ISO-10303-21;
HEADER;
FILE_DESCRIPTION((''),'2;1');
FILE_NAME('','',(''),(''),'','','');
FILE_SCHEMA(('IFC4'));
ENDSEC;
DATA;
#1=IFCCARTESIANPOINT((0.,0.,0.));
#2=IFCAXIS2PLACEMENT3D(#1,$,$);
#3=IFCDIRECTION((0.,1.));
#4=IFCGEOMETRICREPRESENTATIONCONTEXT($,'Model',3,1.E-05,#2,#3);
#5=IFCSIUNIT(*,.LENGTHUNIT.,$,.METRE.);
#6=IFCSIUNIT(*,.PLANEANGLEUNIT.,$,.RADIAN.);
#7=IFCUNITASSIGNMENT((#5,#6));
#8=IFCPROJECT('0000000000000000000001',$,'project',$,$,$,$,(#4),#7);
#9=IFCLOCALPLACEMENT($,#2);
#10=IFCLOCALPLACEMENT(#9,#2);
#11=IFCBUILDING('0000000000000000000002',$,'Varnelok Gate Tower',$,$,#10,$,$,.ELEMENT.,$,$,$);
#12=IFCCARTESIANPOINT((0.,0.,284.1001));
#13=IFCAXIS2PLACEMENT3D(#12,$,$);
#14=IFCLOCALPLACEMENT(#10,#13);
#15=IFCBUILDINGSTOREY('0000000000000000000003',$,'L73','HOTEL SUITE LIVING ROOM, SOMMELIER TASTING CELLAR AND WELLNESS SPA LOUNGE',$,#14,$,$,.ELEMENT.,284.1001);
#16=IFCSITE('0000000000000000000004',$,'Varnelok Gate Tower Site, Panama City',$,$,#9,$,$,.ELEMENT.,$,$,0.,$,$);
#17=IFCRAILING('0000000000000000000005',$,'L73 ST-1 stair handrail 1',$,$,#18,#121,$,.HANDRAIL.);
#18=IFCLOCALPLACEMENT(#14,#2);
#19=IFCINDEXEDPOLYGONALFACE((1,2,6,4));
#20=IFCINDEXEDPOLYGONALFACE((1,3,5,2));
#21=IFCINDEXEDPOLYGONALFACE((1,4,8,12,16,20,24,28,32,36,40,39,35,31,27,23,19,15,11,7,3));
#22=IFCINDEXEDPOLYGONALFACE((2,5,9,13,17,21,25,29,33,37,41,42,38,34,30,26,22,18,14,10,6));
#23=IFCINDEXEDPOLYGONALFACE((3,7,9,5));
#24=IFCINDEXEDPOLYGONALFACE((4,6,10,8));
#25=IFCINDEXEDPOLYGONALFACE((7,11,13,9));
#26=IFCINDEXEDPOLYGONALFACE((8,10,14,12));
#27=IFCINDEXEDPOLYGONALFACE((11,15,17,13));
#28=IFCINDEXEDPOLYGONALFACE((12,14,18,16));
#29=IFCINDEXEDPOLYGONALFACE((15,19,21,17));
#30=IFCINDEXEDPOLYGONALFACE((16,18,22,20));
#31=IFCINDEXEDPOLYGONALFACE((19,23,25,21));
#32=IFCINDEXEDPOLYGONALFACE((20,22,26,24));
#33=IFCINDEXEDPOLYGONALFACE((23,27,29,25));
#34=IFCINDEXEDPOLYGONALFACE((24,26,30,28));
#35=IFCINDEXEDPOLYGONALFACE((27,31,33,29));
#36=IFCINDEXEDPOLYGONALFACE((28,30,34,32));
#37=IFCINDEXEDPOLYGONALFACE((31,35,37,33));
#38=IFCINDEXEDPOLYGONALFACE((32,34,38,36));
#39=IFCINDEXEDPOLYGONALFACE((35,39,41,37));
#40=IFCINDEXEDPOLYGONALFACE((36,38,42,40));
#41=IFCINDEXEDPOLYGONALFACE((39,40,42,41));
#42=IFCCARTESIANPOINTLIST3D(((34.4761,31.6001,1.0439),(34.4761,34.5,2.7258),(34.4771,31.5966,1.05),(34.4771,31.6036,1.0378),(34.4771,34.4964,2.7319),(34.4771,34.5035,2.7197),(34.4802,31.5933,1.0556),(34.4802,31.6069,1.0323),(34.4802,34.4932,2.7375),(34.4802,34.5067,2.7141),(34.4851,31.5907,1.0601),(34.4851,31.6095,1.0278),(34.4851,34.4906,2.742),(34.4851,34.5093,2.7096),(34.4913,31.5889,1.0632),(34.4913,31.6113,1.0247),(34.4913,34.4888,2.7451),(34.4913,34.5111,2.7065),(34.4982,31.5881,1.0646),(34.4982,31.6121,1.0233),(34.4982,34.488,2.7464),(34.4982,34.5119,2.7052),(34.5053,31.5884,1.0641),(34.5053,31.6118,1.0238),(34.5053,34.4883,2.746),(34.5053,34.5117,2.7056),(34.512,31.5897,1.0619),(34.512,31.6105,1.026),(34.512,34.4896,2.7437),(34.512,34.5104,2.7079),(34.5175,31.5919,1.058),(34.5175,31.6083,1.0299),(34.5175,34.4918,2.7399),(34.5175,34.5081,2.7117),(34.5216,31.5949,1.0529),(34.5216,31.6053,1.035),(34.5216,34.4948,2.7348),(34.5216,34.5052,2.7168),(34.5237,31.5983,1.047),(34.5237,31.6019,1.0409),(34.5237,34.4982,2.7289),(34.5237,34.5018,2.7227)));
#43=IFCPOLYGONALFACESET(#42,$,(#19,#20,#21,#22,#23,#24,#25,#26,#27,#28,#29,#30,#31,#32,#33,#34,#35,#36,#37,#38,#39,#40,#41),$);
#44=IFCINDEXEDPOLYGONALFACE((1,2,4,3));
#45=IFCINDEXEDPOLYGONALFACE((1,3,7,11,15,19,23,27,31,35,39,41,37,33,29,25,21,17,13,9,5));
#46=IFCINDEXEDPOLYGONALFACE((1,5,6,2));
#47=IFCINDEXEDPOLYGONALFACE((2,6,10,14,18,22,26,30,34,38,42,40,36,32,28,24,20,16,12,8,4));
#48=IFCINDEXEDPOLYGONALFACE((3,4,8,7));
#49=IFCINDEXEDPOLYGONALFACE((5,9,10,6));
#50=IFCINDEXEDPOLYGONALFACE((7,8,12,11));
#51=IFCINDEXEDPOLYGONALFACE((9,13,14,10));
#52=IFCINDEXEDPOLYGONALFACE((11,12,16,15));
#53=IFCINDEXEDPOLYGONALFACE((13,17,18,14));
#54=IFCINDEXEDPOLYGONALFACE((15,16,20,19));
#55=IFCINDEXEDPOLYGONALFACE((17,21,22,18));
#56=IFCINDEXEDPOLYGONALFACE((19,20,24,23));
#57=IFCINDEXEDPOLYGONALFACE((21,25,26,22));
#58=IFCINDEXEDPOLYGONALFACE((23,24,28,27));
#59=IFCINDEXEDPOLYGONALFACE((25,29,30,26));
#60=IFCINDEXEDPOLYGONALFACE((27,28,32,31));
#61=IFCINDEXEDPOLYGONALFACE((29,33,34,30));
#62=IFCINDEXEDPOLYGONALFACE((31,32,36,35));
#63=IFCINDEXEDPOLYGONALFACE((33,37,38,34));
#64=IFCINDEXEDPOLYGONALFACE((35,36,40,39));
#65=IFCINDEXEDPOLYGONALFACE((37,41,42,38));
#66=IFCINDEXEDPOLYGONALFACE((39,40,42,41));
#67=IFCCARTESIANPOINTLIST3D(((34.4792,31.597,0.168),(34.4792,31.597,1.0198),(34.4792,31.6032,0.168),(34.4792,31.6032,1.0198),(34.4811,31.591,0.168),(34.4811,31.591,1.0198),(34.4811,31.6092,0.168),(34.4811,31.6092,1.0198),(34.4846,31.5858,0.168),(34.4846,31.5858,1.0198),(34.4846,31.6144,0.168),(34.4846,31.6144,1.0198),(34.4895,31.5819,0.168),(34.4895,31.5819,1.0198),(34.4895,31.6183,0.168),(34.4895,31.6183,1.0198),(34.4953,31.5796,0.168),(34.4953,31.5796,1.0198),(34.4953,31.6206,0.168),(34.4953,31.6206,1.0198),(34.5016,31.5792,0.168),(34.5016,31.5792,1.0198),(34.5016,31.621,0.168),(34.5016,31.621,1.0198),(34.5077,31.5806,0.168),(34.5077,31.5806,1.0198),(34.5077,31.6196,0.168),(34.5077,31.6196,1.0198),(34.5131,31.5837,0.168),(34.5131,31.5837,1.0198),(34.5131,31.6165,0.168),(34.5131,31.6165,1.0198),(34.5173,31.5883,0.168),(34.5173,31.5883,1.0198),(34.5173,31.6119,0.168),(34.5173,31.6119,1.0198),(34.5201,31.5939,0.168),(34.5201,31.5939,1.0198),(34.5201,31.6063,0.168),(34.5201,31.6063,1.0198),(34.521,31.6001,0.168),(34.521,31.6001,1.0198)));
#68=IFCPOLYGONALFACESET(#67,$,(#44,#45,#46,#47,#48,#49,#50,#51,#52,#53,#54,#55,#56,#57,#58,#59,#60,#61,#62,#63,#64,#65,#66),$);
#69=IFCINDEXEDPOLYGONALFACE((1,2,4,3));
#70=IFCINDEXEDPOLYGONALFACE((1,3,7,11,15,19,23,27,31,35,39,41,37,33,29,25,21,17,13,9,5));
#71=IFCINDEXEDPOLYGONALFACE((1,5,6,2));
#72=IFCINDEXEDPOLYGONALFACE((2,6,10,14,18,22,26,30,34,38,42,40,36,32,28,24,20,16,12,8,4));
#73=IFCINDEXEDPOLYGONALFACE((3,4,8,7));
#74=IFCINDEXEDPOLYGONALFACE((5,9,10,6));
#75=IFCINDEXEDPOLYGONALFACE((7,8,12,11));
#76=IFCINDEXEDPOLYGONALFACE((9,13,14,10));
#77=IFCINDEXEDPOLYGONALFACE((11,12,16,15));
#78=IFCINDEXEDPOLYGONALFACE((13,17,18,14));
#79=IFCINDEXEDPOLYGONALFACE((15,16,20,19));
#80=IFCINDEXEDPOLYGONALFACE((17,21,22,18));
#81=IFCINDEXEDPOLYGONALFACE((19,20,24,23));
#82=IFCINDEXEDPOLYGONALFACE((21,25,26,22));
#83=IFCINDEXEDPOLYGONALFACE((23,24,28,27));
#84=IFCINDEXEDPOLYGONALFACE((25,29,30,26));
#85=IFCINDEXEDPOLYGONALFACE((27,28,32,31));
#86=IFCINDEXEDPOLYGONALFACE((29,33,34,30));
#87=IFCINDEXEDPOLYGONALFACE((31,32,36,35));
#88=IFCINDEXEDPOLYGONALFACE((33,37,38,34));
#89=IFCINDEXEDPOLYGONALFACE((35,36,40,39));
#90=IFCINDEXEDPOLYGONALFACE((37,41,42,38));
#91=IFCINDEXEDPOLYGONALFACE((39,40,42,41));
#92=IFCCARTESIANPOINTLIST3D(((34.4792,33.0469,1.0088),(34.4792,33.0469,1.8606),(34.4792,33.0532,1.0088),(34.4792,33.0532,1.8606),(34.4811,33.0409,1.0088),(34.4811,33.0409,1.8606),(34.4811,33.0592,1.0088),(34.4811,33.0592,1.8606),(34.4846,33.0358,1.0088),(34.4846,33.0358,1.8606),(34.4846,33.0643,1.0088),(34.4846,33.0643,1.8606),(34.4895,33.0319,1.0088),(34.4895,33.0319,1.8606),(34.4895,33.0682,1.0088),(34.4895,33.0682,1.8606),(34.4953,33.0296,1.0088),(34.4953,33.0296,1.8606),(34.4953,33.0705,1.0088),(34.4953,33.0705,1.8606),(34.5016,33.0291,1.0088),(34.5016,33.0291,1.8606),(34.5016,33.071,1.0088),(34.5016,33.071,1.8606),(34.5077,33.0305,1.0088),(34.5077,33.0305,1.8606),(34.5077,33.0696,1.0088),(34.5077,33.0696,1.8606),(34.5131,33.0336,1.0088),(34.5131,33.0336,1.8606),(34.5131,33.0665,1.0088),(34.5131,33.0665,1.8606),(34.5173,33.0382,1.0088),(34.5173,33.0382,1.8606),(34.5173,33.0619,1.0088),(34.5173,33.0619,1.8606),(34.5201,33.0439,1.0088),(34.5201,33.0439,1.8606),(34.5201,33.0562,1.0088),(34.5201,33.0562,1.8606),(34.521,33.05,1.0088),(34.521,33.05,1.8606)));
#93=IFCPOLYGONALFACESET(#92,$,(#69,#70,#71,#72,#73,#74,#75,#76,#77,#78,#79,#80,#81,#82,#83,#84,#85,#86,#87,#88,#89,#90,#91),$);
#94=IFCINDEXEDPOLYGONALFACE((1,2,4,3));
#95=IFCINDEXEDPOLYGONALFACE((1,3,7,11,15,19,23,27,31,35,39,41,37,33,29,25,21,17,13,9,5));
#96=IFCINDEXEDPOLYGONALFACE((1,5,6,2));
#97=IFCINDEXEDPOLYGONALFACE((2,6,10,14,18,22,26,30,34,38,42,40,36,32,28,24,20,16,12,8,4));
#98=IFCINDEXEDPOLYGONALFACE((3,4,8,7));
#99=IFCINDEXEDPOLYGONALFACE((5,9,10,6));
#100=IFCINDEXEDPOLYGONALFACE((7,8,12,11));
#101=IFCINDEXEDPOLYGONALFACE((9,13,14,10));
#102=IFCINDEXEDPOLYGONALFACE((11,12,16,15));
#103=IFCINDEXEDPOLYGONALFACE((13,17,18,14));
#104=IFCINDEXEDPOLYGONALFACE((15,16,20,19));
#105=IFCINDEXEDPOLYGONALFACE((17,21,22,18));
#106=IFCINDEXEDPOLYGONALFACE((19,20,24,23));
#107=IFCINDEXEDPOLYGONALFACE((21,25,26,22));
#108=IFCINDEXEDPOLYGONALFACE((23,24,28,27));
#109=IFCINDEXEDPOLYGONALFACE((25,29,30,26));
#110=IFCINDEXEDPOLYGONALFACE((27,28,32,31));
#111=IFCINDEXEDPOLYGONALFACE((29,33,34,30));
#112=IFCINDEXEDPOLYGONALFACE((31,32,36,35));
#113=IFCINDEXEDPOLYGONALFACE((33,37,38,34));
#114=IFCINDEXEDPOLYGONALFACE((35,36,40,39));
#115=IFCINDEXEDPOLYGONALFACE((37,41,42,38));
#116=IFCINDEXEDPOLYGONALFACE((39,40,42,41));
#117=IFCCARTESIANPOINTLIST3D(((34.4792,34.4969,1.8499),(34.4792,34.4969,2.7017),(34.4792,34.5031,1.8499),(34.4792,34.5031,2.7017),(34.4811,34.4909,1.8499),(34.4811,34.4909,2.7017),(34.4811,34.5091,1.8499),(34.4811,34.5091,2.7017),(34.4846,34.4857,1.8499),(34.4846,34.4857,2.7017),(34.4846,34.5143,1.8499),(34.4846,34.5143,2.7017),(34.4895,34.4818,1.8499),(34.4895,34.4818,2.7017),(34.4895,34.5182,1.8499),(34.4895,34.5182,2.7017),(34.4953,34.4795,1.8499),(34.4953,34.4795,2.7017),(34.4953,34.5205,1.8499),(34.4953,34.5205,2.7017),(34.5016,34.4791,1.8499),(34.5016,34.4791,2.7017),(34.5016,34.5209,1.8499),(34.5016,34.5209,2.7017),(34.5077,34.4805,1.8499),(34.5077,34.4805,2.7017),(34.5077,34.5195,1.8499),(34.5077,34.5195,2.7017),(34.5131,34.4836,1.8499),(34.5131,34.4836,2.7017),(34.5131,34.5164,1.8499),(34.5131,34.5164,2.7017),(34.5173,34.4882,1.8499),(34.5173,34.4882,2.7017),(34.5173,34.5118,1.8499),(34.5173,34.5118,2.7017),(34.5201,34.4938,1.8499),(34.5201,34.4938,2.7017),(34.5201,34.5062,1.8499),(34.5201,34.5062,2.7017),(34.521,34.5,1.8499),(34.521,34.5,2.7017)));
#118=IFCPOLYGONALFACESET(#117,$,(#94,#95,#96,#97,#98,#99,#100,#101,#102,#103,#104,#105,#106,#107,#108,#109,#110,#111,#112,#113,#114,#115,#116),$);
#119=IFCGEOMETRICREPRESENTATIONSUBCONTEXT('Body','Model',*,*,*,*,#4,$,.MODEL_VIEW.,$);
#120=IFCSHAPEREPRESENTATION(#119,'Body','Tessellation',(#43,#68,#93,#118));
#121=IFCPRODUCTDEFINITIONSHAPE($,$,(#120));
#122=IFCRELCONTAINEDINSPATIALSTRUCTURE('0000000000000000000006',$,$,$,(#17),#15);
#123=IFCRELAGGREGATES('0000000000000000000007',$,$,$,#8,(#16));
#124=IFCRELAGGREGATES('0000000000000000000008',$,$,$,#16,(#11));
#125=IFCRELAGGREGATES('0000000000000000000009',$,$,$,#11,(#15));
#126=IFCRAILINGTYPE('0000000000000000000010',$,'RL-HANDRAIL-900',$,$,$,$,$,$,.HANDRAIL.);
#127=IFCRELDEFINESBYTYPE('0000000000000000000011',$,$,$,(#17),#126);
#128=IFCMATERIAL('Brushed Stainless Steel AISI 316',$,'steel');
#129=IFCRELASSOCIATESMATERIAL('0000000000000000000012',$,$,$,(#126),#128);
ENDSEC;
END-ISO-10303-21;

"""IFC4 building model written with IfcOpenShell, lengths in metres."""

from ifc_helpers import new_model, si_unit, direction, frame, origin, origin_2d, place, context, subcontext, project, spatial, circle, extrude, material, type_object, element, save


model = new_model("IFC4")

# Units and contexts
model_context = context("Model", 3, precision=1e-05, world=origin(), true_north=direction((0.0, 1.0)))
body_context = subcontext(model_context, "Body", "Model", "MODEL_VIEW")
ifc_project = project(units=[si_unit("LENGTHUNIT", "METRE"), si_unit("PLANEANGLEUNIT", "RADIAN")], contexts=[model_context])

# Site, building, storey
site_placement = place(None, origin())
site = spatial("IfcSite", under=ifc_project, at=site_placement, Name="Varnelok Gate Tower Site, Panama City", CompositionType="ELEMENT", RefElevation=0.0)
building_placement = place(site_placement, origin())
building = spatial("IfcBuilding", under=site, at=building_placement, Name="Varnelok Gate Tower", CompositionType="ELEMENT")
storey_placement = place(building_placement, frame((0.0, 0.0, 284.1001)))
storey = spatial("IfcBuildingStorey", under=building, at=storey_placement, Name="L73", Description="HOTEL SUITE LIVING ROOM, SOMMELIER TASTING CELLAR AND WELLNESS SPA LOUNGE", CompositionType="ELEMENT", Elevation=284.1001)

# Railing
ifc_material_1 = material(Name="Brushed Stainless Steel AISI 316", Category="steel")
railing_type_1 = type_object("IfcRailingType", Name="RL-HANDRAIL-900", PredefinedType="HANDRAIL", material=ifc_material_1)
railing_1_placement = place(storey_placement, frame((34.5, 31.6001, 0.168)))
element("IfcRailing", 1, at=railing_1_placement, inside=storey, type_object=railing_type_1, Name="L73 ST-1 stair handrail 1", PredefinedType="HANDRAIL", context=body_context, shape_type="SweptSolid", body=[
    extrude(circle(Radius=0.0239, at=origin_2d()), frame((0.0, 0.0, 0.876), z_axis=(0.0, 0.865039, 0.501705), x_axis=(-1.0, 0.0, 0.0)), (0.0, 0.0, 1.0), 3.3523),
    extrude(circle(Radius=0.021, at=origin_2d()), origin(), (0.0, 0.0, 1.0), 0.8518),
    extrude(circle(Radius=0.021, at=origin_2d()), frame((0.0, 1.45, 0.8408)), (0.0, 0.0, 1.0), 0.8518),
    extrude(circle(Radius=0.021, at=origin_2d()), frame((0.0, 2.8999, 1.6819)), (0.0, 0.0, 1.0), 0.8518),
])

save(model, "model.ifc")
